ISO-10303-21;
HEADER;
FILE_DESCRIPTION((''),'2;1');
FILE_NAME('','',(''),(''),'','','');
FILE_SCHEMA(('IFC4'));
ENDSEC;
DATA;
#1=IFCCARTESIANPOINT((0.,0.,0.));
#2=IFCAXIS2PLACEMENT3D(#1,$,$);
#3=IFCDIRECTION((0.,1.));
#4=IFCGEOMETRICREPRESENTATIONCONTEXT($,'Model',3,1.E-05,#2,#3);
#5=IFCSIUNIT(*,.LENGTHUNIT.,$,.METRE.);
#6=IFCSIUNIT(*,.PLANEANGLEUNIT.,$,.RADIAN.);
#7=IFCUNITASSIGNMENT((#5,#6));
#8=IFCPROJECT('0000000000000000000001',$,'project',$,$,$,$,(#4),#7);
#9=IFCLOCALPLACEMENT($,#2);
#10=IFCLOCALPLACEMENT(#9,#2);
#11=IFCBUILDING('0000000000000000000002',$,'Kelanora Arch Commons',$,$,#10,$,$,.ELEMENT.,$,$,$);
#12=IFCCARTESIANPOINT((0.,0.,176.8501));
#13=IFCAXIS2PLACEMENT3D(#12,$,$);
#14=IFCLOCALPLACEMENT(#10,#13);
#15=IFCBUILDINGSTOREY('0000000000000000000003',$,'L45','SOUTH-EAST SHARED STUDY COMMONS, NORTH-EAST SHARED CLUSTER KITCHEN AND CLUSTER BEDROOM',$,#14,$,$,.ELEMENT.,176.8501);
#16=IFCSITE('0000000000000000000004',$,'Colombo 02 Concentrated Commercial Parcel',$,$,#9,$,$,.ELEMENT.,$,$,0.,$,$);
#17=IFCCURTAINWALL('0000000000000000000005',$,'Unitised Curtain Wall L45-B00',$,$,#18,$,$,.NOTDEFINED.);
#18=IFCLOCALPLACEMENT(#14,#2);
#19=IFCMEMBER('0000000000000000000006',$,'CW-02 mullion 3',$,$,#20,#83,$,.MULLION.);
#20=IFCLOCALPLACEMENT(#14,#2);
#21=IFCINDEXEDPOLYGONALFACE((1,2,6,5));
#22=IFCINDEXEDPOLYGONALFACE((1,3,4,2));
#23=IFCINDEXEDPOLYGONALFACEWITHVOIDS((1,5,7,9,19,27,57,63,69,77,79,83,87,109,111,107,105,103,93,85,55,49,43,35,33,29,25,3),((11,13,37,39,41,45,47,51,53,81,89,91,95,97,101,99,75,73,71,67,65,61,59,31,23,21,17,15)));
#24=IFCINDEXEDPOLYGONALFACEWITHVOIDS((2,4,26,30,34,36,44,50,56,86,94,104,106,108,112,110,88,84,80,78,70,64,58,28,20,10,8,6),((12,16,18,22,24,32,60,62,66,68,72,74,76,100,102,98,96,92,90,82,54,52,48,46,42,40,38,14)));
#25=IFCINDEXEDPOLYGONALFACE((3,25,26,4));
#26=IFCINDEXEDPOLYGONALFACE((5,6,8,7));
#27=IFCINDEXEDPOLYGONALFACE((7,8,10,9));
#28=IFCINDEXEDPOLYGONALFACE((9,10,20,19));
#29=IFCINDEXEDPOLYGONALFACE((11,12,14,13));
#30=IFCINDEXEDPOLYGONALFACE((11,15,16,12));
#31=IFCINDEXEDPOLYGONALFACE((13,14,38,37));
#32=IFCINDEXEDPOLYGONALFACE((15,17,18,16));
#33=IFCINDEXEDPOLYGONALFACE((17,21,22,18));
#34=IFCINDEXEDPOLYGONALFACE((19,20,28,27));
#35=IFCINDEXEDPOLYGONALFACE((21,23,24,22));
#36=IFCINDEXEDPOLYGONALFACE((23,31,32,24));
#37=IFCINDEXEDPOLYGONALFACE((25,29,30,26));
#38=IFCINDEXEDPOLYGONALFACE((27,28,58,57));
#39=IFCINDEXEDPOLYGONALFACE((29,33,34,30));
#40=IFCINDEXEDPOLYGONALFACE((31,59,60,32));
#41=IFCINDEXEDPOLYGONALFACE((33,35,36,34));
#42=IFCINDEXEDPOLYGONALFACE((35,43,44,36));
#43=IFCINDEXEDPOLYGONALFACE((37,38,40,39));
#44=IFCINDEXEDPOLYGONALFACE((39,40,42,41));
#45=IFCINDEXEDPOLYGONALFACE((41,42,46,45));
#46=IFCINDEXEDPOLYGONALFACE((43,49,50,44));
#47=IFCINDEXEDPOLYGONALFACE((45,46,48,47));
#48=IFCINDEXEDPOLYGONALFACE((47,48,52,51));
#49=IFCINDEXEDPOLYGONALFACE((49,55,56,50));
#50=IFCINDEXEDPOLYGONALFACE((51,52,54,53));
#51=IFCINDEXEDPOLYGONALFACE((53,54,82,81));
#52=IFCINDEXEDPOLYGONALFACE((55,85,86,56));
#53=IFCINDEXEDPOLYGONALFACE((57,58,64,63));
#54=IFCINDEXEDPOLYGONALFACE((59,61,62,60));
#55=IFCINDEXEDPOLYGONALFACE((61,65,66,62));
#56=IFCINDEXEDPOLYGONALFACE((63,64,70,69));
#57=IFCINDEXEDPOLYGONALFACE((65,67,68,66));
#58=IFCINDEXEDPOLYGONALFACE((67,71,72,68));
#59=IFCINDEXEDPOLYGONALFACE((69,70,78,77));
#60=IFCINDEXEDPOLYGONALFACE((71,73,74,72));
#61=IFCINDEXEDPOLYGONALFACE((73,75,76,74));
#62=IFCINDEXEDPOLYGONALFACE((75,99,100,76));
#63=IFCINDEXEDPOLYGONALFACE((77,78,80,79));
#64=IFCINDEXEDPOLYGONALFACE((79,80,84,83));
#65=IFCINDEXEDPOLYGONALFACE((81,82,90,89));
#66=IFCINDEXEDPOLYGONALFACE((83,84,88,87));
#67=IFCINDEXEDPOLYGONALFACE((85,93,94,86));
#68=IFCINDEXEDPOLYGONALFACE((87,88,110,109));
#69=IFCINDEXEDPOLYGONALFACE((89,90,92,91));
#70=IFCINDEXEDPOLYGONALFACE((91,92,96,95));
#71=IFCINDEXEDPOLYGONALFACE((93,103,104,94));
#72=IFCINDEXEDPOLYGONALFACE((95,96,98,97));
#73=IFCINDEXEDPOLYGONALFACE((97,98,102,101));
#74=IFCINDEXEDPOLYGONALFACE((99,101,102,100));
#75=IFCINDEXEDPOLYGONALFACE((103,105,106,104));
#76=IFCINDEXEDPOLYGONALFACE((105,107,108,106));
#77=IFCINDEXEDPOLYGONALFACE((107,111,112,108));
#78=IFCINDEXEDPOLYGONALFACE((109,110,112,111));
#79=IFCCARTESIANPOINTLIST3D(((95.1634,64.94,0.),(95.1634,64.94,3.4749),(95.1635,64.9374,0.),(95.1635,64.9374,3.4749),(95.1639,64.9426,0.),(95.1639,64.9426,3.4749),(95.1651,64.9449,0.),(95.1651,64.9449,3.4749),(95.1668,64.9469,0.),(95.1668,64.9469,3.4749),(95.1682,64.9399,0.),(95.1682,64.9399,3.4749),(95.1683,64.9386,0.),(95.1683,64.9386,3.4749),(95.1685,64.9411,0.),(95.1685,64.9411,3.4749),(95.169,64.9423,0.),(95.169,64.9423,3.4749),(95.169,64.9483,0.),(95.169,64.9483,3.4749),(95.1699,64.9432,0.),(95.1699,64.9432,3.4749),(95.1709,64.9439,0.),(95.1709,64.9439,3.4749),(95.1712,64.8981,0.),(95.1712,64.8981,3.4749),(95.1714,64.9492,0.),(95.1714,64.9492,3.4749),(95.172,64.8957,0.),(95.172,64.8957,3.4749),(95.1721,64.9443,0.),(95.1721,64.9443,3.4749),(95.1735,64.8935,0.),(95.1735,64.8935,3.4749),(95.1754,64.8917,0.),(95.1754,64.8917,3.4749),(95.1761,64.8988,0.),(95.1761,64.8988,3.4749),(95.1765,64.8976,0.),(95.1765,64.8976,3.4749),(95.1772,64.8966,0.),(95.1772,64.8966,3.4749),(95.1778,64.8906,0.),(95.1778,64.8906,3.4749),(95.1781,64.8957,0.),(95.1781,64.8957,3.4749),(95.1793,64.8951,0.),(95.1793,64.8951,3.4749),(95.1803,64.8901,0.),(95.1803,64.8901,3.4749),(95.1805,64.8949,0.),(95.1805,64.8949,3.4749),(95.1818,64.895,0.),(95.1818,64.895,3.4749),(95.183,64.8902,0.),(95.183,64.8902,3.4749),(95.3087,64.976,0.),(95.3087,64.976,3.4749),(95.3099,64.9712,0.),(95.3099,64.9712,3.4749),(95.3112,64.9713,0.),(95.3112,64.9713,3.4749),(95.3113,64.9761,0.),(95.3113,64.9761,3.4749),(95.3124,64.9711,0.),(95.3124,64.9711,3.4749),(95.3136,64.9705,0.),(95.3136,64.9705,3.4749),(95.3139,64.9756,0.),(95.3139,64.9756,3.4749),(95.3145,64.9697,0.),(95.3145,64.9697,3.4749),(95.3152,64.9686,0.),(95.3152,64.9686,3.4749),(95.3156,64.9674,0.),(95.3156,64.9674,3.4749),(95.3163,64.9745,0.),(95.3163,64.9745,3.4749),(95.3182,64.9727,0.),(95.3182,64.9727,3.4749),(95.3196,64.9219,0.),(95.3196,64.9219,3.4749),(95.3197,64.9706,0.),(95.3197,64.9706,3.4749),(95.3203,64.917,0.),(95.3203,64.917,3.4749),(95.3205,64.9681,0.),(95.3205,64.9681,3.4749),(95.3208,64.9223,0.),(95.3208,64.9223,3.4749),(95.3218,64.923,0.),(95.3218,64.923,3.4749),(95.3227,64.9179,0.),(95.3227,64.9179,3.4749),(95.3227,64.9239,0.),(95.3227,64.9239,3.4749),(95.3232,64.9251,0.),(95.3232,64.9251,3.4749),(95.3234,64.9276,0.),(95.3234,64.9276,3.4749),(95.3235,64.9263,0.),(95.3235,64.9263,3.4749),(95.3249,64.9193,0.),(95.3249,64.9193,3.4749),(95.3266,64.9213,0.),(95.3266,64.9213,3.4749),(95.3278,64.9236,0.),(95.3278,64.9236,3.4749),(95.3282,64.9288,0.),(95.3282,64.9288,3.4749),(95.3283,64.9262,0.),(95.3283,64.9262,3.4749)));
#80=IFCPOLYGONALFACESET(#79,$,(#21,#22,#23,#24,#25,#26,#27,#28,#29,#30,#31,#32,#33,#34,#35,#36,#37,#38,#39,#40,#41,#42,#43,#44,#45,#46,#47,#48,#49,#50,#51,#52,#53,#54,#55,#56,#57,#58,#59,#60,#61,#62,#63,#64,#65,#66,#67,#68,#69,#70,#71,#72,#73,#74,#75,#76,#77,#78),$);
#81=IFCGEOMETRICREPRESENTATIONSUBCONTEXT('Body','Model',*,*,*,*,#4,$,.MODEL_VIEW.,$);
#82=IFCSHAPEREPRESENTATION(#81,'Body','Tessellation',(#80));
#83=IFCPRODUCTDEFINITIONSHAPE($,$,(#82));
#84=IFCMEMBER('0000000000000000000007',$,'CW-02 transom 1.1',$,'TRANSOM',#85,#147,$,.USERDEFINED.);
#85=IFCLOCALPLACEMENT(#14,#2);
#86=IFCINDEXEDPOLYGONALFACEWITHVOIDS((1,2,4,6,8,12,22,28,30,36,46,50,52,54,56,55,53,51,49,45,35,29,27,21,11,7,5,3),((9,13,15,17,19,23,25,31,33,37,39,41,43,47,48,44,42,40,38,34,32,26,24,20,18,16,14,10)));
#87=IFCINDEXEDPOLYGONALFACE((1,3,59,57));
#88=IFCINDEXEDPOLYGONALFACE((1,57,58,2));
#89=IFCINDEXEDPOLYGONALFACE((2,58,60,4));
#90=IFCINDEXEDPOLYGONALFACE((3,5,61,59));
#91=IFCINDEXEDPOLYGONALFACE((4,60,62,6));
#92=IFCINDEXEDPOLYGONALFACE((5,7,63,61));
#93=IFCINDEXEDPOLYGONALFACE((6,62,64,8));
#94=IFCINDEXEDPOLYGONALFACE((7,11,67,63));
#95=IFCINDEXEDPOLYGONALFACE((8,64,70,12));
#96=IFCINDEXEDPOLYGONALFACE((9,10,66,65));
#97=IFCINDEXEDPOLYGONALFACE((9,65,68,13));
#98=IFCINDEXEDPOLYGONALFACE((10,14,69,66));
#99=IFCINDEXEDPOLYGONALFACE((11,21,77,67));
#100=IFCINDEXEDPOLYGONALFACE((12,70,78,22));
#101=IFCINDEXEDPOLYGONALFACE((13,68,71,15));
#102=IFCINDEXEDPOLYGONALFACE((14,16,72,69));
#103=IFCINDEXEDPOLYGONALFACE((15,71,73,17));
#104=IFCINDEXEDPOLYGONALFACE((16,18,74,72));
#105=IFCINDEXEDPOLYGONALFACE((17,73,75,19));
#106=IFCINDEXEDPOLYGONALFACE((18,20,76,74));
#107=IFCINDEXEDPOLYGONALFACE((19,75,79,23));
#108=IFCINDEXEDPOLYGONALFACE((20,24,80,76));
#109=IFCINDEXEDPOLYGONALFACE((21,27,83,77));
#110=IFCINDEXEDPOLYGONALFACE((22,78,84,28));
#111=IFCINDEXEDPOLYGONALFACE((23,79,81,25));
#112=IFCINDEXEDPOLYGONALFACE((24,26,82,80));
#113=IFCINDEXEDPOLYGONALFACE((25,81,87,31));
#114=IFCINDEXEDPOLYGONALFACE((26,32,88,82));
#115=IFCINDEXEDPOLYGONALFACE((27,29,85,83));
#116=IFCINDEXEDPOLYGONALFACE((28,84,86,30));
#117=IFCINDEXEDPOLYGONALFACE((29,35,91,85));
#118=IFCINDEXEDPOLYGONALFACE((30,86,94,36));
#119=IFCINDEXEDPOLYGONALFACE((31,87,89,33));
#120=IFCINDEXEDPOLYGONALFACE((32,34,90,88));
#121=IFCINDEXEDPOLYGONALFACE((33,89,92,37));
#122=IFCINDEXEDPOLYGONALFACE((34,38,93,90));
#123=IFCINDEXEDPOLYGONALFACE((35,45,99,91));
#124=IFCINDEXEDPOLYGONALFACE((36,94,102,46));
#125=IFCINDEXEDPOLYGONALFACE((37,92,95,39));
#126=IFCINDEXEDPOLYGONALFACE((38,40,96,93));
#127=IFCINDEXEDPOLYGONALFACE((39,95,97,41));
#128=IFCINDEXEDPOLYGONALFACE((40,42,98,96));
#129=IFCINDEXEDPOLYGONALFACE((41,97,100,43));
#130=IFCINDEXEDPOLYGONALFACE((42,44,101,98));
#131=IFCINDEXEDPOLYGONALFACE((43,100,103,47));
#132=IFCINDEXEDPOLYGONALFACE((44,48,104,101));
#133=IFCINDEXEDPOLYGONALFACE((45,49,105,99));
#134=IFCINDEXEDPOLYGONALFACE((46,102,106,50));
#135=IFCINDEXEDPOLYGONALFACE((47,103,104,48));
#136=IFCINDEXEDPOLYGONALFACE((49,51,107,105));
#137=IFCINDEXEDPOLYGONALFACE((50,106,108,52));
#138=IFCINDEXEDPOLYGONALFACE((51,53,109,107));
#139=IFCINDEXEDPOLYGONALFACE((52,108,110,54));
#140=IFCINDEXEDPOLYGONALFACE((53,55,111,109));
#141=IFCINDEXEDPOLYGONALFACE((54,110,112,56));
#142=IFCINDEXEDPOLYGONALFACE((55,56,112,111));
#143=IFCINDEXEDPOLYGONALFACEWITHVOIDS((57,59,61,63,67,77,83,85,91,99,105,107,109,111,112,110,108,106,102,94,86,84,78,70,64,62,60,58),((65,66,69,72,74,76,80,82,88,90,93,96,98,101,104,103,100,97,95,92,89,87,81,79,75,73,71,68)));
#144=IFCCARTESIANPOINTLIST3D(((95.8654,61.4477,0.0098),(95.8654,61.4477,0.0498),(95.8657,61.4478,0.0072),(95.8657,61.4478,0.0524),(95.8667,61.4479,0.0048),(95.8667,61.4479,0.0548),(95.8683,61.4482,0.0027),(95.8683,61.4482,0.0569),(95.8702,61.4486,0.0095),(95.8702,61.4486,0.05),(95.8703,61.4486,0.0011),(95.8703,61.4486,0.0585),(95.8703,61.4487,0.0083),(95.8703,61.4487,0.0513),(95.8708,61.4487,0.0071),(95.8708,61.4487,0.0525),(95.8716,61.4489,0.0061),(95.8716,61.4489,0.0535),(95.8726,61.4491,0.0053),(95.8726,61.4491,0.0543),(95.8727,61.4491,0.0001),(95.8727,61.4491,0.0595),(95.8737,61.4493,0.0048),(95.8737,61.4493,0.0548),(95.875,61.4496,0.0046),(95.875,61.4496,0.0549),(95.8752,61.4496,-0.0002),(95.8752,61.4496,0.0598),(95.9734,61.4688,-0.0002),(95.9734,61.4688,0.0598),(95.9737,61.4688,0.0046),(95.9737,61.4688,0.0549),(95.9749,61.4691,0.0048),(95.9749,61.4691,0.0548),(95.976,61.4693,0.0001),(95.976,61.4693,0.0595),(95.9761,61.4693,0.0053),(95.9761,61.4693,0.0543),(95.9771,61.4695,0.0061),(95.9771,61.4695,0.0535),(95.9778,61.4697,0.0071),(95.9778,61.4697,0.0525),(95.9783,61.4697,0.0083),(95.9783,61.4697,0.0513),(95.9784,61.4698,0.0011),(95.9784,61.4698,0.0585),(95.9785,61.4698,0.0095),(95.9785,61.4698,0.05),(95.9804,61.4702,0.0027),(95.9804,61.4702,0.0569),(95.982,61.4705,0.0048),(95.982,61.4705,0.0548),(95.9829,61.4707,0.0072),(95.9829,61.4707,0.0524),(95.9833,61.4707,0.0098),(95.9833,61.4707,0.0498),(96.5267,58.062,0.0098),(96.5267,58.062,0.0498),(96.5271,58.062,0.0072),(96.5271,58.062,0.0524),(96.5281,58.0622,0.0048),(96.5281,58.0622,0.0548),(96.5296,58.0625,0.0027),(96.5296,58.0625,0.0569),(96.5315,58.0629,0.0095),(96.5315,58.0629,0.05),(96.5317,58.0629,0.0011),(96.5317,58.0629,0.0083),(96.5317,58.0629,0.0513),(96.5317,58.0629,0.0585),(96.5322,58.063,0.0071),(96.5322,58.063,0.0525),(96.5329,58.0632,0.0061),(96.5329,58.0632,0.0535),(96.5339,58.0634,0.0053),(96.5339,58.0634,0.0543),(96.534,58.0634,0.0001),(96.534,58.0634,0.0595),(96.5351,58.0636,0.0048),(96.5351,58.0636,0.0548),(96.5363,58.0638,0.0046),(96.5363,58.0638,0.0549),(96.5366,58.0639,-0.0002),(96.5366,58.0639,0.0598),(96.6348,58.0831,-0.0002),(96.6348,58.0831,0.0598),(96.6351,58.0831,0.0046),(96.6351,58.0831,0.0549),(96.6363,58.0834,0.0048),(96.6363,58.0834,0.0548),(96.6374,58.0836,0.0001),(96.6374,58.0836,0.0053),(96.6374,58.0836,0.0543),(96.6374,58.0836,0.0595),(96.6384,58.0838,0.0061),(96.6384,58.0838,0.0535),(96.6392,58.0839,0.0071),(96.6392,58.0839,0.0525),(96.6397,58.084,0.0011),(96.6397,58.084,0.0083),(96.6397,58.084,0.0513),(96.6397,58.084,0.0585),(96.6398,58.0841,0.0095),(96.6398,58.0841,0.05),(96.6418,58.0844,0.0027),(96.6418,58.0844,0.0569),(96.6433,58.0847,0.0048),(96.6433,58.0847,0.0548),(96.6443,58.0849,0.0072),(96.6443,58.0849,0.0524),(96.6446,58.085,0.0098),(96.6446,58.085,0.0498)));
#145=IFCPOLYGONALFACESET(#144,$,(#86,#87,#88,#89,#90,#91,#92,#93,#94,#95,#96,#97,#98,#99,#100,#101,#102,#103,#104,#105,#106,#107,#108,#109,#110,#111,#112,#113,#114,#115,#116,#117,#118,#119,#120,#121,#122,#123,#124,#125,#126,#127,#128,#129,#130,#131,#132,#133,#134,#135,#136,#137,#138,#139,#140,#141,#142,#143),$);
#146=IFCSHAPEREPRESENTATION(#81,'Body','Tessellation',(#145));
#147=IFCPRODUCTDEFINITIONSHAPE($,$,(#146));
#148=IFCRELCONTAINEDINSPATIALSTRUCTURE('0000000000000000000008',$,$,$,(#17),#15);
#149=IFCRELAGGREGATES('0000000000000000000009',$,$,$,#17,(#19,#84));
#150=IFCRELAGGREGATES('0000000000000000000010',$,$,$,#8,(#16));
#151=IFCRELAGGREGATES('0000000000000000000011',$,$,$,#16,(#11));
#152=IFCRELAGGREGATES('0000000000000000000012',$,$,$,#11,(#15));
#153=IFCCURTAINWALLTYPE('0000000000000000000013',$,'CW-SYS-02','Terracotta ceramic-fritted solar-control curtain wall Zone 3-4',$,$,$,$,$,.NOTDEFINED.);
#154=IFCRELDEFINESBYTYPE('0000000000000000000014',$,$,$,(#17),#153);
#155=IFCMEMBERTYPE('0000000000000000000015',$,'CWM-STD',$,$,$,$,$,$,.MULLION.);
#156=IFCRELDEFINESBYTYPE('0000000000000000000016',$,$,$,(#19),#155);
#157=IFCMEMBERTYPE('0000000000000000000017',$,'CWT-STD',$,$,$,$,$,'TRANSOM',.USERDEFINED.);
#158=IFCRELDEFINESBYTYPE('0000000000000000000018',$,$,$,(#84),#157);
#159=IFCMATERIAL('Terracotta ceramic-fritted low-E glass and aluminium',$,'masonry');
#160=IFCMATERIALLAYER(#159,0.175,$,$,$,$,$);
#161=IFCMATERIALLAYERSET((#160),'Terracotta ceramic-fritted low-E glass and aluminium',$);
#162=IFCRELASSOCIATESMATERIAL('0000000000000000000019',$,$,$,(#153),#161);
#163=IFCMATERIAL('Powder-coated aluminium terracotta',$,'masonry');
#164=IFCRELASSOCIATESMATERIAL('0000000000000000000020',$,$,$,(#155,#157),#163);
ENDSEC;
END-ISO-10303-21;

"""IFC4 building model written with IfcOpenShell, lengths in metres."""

from ifc_helpers import new_model, si_unit, direction, frame, origin, origin_2d, place, context, subcontext, project, spatial, hollow_rectangle, extrude, material, layer, layer_set, material_profile, profile_set, type_object, element, aggregate, save


model = new_model("IFC4")

# Units and contexts
model_context = context("Model", 3, precision=1e-05, world=origin(), true_north=direction((0.0, 1.0)))
body_context = subcontext(model_context, "Body", "Model", "MODEL_VIEW")
ifc_project = project(units=[si_unit("LENGTHUNIT", "METRE"), si_unit("PLANEANGLEUNIT", "RADIAN")], contexts=[model_context])

# Site, building, storey
site_placement = place(None, origin())
site = spatial("IfcSite", under=ifc_project, at=site_placement, Name="Colombo 02 Concentrated Commercial Parcel", CompositionType="ELEMENT", RefElevation=0.0)
building_placement = place(site_placement, origin())
building = spatial("IfcBuilding", under=site, at=building_placement, Name="Kelanora Arch Commons", CompositionType="ELEMENT")
storey_placement = place(building_placement, frame((0.0, 0.0, 176.8501)))
storey = spatial("IfcBuildingStorey", under=building, at=storey_placement, Name="L45", Description="SOUTH-EAST SHARED STUDY COMMONS, NORTH-EAST SHARED CLUSTER KITCHEN AND CLUSTER BEDROOM", CompositionType="ELEMENT", Elevation=176.8501)

# Curtain wall, members
ifc_material_1 = material(Name="Terracotta ceramic-fritted low-E glass and aluminium", Category="masonry")
ifc_layer_1 = layer(ifc_material_1, 0.175)
ifc_layer_set_1 = layer_set([ifc_layer_1], Name="Terracotta ceramic-fritted low-E glass and aluminium")
curtain_wall_type = type_object("IfcCurtainWallType", Name="CW-SYS-02", Description="Terracotta ceramic-fritted solar-control curtain wall Zone 3-4", PredefinedType="NOTDEFINED", material=ifc_layer_set_1)
curtain_wall_placement = place(storey_placement, origin())
curtain_wall = element("IfcCurtainWall", 1, at=curtain_wall_placement, inside=storey, type_object=curtain_wall_type, Name="Unitised Curtain Wall L45-B00", PredefinedType="NOTDEFINED")
ifc_material_2 = material(Name="Powder-coated aluminium terracotta", Category="masonry")
ifc_material_profile_1 = material_profile(ifc_material_2, hollow_rectangle(XDim=0.1599, YDim=0.0601, WallThickness=0.0049, InnerFilletRadius=0.0049, OuterFilletRadius=0.01, at=origin_2d()), Name="CWM160x60")
ifc_profile_set_1 = profile_set([ifc_material_profile_1], Name="Powder-coated aluminium terracotta")
member_type_1 = type_object("IfcMemberType", Name="CWM-STD", PredefinedType="MULLION", material=ifc_profile_set_1)
member_1_placement = place(storey_placement, frame((95.2458, 64.9331, 0.0), z_axis=(0.0, 0.0, 1.0), x_axis=(-0.981453, -0.191705, 0.0)))
member_1 = element("IfcMember", 2, at=member_1_placement, type_object=member_type_1, Name="CW-02 mullion 3", PredefinedType="MULLION", context=body_context, shape_type="SweptSolid", body=[
    extrude(hollow_rectangle(XDim=0.1599, YDim=0.0601, WallThickness=0.0049, InnerFilletRadius=0.0049, OuterFilletRadius=0.01, at=origin_2d()), origin(), (0.0, 0.0, 1.0), 3.4749),
])
ifc_material_profile_2 = material_profile(ifc_material_2, hollow_rectangle(XDim=0.1201, YDim=0.0601, WallThickness=0.0049, InnerFilletRadius=0.0049, OuterFilletRadius=0.01, at=origin_2d()), Name="CWT120x60")
ifc_profile_set_2 = profile_set([ifc_material_profile_2], Name="Powder-coated aluminium terracotta")
member_type_2 = type_object("IfcMemberType", Name="CWT-STD", ElementType="TRANSOM", PredefinedType="USERDEFINED", material=ifc_profile_set_2)
member_2_placement = place(storey_placement, frame((96.5857, 58.0735, 0.0298), z_axis=(-0.191718, 0.98145, 0.0), x_axis=(-0.98145, -0.191718, 0.0)))
member_2 = element("IfcMember", 3, at=member_2_placement, type_object=member_type_2, Name="CW-02 transom 1.1", ObjectType="TRANSOM", PredefinedType="USERDEFINED", context=body_context, shape_type="SweptSolid", body=[
    extrude(hollow_rectangle(XDim=0.1201, YDim=0.0601, WallThickness=0.0049, InnerFilletRadius=0.0049, OuterFilletRadius=0.01, at=origin_2d()), origin(), (0.0, 0.0, 1.0), 3.4497),
])
aggregate(curtain_wall, [member_1, member_2])

save(model, "model.ifc")
